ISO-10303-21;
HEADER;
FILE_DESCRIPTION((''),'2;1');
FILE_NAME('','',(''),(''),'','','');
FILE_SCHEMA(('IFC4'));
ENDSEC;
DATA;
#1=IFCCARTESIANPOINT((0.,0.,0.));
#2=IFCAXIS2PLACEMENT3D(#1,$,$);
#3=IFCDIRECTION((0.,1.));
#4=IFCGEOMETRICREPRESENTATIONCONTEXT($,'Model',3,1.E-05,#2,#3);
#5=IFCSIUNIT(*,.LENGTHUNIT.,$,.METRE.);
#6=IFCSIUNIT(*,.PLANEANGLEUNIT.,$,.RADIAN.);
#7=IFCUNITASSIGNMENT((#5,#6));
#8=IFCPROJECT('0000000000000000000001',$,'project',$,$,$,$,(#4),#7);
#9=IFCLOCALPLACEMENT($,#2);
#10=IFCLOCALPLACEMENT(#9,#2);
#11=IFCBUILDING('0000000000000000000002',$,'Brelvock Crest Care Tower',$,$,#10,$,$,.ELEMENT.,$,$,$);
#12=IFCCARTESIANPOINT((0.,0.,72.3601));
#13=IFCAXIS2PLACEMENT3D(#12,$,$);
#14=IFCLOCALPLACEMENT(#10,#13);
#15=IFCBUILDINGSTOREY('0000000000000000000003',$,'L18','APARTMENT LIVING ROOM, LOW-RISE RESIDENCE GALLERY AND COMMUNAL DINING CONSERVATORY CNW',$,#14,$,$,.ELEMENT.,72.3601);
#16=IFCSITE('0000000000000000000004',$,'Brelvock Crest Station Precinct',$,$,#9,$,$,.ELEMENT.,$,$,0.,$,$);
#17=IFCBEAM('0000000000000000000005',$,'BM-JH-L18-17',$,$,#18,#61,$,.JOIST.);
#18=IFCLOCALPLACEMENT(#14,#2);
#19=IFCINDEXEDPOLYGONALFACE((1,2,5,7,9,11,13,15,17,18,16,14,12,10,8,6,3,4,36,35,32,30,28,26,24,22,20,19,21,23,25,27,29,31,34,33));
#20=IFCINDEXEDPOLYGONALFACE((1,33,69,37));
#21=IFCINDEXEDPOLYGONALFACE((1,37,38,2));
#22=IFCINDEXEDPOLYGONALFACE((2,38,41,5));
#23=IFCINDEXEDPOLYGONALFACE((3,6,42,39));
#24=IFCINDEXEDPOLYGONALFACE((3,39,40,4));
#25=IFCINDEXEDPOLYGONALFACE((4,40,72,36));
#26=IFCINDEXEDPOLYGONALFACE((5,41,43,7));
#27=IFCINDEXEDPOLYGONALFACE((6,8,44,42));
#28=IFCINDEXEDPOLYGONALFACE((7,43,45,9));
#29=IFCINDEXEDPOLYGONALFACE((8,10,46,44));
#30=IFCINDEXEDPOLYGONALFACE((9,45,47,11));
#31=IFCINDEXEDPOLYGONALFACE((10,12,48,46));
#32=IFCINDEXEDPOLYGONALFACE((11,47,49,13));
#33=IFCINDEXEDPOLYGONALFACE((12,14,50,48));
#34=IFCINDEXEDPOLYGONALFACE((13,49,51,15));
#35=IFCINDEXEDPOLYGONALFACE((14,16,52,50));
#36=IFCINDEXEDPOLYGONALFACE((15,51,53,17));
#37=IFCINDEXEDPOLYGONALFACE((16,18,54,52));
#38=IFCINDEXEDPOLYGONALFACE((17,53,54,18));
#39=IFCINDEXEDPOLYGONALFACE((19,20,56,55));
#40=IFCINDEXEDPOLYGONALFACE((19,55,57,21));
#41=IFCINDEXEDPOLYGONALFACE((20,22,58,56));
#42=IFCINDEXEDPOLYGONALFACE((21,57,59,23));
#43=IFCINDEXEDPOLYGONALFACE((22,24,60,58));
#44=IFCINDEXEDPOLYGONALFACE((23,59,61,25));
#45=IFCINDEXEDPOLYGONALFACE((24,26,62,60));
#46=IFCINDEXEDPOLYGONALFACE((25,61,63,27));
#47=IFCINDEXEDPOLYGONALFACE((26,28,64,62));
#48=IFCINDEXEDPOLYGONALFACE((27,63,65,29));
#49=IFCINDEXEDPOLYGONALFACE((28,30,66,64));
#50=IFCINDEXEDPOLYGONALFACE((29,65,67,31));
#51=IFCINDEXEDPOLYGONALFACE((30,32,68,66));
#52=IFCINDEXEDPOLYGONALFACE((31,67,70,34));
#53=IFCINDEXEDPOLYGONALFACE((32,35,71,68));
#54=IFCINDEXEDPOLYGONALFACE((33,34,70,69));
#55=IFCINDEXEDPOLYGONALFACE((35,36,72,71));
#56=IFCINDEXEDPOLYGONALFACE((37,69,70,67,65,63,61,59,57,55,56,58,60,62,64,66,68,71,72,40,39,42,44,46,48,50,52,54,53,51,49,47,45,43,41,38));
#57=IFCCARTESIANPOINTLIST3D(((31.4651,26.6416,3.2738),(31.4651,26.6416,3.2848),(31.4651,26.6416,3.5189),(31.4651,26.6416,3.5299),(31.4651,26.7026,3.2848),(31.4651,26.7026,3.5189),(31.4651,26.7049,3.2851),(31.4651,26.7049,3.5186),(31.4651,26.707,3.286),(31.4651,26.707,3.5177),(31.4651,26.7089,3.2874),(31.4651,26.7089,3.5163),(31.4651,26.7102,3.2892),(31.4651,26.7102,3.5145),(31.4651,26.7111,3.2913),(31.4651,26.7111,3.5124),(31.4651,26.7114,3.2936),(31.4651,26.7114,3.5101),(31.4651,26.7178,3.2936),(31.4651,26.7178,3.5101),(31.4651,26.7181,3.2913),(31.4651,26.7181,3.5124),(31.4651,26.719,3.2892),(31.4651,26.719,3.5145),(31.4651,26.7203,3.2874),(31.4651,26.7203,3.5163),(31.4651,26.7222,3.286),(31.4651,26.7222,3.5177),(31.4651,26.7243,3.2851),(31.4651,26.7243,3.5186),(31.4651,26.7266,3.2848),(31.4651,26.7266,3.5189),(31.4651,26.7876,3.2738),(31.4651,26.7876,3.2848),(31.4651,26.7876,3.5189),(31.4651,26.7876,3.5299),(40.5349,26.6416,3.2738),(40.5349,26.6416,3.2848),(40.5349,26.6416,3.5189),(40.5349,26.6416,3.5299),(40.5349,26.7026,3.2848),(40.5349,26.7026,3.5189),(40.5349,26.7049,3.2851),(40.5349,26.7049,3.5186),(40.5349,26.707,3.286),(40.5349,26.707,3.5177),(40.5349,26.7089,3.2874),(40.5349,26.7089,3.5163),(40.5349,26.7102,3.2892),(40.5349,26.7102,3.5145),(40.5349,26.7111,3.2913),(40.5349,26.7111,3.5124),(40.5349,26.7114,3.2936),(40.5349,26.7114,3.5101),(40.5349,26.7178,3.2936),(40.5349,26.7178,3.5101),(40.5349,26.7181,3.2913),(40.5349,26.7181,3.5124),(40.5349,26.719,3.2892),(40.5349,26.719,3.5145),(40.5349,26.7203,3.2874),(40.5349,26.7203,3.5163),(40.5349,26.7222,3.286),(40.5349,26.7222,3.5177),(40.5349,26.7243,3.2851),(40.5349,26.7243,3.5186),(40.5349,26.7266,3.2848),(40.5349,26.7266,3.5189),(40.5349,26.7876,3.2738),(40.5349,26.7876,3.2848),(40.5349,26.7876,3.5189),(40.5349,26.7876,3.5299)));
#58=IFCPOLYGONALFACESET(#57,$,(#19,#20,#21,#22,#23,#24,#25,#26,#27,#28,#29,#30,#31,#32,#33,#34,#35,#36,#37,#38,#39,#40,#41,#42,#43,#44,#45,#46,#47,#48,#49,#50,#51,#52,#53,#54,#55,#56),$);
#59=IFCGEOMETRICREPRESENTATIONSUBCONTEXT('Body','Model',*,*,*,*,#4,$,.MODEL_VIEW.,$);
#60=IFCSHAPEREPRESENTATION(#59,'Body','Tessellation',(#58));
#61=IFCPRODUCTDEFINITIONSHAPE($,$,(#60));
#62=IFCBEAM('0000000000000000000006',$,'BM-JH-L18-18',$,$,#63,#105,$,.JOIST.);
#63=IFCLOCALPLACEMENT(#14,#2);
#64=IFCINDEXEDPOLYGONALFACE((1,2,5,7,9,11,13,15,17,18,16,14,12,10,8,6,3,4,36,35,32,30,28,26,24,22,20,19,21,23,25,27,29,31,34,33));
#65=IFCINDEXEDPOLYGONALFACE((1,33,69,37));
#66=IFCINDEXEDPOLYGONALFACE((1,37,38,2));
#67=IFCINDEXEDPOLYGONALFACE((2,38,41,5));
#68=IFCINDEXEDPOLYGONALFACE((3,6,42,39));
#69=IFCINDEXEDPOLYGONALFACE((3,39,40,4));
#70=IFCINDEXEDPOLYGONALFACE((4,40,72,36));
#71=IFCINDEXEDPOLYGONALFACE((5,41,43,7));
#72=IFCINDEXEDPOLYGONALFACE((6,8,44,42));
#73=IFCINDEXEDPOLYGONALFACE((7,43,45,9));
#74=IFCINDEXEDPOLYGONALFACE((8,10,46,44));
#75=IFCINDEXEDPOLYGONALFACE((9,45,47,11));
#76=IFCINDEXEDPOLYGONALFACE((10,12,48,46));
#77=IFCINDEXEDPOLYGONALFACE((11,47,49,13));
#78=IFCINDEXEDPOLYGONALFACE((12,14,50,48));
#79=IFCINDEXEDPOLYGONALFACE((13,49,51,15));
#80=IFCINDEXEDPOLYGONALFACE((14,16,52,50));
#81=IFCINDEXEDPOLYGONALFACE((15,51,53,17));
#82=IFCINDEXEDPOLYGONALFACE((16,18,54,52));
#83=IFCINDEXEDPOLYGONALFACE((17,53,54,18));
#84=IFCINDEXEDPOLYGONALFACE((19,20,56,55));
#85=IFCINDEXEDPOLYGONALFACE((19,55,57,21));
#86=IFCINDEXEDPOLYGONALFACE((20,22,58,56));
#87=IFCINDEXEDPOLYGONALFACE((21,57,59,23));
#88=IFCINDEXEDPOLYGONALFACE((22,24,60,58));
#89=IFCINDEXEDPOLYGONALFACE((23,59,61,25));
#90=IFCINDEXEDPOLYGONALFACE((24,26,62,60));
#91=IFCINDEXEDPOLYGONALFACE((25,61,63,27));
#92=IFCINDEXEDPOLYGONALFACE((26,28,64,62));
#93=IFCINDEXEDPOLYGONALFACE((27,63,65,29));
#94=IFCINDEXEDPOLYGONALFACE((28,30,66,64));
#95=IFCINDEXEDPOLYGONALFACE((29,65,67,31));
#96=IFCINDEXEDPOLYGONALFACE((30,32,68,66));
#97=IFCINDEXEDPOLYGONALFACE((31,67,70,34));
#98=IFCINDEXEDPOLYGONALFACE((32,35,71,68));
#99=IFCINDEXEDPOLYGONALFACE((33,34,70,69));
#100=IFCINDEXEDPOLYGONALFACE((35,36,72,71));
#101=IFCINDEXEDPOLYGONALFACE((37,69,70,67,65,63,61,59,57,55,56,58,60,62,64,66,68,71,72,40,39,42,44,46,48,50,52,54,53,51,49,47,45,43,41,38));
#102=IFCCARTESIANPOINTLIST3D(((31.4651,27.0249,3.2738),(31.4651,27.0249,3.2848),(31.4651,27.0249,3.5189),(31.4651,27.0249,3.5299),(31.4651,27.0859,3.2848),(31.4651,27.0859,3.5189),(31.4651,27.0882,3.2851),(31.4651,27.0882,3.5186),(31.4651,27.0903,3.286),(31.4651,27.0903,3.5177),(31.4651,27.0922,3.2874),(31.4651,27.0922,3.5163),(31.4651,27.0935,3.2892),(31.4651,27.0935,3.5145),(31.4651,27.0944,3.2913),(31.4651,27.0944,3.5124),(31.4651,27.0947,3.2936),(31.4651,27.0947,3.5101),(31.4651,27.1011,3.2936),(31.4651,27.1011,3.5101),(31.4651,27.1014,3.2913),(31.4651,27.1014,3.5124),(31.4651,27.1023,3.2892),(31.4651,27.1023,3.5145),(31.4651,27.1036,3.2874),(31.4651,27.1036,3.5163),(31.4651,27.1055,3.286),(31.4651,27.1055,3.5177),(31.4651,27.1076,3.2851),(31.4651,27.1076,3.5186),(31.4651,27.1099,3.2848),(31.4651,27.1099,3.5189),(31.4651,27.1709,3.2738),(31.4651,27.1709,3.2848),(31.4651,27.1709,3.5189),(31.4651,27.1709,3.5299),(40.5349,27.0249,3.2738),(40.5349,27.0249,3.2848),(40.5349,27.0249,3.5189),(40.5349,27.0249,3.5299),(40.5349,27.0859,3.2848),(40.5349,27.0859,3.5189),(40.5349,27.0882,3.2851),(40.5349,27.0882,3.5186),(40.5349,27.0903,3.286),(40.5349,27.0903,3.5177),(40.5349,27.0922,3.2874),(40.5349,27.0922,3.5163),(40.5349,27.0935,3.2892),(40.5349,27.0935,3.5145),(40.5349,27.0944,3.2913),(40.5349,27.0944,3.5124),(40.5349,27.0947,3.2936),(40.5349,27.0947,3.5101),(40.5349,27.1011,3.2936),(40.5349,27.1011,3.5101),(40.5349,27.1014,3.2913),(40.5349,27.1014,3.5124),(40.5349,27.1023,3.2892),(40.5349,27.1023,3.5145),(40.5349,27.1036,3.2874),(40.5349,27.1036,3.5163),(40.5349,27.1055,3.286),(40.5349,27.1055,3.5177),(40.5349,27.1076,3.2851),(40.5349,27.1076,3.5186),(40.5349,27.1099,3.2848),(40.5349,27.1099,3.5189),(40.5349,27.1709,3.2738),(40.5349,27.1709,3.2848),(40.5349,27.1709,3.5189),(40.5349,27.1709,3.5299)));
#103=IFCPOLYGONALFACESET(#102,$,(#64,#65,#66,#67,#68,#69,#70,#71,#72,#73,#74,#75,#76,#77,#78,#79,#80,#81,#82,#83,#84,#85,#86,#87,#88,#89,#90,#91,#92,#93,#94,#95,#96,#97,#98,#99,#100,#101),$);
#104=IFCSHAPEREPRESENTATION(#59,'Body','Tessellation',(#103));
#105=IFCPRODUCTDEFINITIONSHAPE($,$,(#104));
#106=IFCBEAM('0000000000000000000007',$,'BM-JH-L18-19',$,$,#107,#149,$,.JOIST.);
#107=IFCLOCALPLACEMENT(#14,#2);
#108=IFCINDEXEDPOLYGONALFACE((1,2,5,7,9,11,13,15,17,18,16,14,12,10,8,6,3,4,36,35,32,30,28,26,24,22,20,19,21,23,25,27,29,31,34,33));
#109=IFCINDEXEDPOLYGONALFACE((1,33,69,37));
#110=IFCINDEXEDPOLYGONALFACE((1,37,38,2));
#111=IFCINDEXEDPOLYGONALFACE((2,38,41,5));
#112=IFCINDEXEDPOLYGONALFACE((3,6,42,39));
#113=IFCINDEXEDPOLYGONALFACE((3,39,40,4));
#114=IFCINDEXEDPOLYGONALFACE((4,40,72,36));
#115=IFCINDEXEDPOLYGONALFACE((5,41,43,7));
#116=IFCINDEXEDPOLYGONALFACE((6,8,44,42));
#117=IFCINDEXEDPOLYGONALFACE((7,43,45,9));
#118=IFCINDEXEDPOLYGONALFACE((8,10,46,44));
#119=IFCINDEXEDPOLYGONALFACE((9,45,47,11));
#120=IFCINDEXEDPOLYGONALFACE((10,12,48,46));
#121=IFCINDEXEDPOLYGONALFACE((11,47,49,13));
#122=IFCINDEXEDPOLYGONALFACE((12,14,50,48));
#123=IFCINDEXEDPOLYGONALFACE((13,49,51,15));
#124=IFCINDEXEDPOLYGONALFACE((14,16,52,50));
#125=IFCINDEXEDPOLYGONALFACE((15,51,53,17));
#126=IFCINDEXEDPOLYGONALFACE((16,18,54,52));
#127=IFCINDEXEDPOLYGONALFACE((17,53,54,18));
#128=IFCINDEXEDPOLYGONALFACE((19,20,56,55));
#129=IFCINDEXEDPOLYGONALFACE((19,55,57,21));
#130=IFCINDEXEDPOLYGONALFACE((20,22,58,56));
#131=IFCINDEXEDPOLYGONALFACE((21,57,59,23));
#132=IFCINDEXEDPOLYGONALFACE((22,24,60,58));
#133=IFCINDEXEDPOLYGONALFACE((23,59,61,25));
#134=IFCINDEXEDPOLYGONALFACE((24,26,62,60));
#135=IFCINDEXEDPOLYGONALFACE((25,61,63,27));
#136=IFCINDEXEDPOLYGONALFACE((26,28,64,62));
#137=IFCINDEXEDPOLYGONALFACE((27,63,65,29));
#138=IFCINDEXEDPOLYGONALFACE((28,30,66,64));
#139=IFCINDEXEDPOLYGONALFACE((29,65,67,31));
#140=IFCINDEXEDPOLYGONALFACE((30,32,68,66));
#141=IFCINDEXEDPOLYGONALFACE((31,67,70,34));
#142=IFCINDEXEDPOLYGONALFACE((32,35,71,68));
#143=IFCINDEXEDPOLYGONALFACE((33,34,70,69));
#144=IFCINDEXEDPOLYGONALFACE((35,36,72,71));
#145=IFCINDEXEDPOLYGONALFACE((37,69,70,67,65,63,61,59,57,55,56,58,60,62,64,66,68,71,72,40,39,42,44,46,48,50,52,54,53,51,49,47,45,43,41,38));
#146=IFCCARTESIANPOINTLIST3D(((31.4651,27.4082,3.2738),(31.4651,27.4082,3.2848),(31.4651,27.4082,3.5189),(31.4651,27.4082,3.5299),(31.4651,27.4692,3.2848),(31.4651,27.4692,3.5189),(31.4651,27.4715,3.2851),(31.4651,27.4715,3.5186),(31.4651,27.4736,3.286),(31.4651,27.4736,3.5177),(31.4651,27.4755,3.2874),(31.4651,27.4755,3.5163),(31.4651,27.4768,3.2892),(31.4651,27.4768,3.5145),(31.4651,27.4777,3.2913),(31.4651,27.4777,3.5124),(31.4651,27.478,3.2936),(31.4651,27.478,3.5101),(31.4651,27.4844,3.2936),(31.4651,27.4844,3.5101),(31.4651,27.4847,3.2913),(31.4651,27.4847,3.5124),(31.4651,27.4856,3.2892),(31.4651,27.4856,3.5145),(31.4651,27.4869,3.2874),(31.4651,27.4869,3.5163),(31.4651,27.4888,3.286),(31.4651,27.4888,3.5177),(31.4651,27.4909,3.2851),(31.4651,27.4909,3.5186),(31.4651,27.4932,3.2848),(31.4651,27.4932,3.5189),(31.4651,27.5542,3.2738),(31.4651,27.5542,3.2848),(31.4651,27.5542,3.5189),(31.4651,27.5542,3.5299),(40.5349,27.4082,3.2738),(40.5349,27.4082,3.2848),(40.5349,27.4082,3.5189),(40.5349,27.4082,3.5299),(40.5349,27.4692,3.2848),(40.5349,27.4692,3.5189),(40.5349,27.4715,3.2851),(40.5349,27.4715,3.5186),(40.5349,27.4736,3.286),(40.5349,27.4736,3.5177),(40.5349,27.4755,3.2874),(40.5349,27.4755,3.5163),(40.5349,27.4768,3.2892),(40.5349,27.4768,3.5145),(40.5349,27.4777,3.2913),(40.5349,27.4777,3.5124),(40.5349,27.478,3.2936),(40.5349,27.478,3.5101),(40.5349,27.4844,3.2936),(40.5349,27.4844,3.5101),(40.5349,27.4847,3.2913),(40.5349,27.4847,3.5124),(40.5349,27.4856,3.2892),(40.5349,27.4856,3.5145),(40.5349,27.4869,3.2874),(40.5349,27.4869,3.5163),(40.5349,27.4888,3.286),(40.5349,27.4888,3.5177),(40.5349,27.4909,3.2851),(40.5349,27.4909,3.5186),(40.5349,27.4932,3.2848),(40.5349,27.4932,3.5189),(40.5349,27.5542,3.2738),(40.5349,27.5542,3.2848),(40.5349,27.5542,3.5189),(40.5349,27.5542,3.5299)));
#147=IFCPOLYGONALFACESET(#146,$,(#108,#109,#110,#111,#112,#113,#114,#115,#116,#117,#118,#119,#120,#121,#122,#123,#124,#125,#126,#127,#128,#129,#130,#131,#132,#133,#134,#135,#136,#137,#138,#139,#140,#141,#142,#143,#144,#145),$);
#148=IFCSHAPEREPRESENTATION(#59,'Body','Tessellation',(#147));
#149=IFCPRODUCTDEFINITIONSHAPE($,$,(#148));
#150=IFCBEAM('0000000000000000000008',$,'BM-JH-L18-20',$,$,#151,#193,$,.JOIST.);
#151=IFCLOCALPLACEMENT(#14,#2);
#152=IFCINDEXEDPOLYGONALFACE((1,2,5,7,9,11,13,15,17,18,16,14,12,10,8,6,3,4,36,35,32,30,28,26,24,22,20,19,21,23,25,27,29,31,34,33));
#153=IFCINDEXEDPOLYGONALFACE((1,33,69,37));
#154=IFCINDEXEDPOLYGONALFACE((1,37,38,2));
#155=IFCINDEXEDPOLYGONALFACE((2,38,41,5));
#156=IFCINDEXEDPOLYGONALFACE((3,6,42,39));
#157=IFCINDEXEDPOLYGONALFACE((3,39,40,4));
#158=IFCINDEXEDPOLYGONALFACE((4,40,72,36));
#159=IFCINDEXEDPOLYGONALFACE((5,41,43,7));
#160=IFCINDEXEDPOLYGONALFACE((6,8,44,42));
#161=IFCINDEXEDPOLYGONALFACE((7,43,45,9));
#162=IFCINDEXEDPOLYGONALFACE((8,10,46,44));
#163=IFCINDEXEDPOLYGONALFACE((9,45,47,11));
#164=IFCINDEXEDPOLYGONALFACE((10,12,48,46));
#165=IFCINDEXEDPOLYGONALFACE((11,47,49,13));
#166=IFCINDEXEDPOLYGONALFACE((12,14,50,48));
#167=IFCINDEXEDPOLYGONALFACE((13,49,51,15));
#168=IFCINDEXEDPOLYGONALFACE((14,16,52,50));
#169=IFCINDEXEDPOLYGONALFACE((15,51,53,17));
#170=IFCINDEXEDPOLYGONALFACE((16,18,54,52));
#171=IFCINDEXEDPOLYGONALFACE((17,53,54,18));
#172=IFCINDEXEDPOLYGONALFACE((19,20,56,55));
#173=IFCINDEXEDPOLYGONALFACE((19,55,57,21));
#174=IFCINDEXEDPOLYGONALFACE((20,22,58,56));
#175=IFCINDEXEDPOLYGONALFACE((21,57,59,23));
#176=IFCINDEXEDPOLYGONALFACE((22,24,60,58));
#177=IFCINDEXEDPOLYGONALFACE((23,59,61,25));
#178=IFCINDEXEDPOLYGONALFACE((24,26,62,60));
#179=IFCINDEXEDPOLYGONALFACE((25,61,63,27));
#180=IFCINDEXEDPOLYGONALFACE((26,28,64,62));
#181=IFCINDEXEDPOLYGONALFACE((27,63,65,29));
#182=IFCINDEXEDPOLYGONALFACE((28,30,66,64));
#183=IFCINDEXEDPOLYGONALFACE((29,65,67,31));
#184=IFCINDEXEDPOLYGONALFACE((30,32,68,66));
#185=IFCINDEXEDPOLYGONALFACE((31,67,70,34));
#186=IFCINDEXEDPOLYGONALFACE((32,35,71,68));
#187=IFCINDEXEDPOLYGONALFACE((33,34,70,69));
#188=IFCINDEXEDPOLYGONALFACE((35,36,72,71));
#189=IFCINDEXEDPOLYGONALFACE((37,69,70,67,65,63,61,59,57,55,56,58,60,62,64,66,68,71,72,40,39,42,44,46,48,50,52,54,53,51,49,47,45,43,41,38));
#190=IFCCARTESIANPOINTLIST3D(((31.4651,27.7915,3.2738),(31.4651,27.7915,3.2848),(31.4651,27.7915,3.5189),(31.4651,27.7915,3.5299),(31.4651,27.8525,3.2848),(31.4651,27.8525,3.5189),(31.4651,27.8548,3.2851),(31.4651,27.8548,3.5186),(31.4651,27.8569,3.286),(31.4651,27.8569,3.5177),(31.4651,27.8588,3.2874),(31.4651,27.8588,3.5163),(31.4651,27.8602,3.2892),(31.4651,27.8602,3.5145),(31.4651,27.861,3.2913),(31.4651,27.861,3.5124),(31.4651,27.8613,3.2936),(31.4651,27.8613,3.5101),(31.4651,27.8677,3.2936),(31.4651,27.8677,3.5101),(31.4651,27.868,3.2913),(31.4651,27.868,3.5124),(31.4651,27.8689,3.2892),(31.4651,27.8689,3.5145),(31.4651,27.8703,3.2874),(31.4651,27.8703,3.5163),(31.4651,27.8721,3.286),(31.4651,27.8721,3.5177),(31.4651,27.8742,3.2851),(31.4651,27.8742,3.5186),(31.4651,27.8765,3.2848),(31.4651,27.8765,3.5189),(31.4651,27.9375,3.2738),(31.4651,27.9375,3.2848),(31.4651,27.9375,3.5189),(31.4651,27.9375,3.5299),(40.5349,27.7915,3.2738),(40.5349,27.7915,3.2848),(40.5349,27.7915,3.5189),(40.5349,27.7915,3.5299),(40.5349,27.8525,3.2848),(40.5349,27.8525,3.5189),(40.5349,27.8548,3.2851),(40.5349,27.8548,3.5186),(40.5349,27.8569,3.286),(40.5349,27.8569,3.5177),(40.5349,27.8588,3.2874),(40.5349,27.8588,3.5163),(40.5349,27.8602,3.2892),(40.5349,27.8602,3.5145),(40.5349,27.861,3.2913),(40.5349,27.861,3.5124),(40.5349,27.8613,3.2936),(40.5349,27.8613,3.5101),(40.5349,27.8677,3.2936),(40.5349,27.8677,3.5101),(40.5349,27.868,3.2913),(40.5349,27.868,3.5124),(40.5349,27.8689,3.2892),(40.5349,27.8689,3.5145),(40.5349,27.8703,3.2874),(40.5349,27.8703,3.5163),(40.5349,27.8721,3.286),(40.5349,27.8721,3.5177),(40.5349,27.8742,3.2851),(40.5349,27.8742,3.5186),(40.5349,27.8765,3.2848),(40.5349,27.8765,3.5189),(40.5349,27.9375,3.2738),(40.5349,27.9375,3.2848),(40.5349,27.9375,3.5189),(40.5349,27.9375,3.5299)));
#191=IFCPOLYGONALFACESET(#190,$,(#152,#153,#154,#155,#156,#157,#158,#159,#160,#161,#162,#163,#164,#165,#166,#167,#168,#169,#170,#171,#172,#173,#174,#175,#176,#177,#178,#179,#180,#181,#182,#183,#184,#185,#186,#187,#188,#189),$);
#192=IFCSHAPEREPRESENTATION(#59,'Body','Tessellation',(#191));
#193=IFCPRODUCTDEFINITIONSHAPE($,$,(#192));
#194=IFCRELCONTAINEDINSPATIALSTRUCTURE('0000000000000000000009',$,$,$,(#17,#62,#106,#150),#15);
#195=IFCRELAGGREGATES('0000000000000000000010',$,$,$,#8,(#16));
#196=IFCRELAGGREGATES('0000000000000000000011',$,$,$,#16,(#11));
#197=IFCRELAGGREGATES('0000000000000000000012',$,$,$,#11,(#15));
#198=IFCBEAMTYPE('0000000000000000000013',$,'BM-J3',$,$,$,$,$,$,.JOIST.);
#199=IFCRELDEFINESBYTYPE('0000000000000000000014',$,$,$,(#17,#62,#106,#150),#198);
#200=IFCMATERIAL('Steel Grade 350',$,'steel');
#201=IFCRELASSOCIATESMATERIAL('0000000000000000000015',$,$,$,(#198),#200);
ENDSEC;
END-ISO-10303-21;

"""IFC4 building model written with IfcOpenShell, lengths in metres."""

from ifc_helpers import new_model, si_unit, direction, frame, origin, origin_2d, place, context, subcontext, project, spatial, i_section, extrude, source, transform, mapped, material, material_profile, profile_set, type_object, element, save


model = new_model("IFC4")

# Units and contexts
model_context = context("Model", 3, precision=1e-05, world=origin(), true_north=direction((0.0, 1.0)))
body_context = subcontext(model_context, "Body", "Model", "MODEL_VIEW")
ifc_project = project(units=[si_unit("LENGTHUNIT", "METRE"), si_unit("PLANEANGLEUNIT", "RADIAN")], contexts=[model_context])

# Site, building, storey
site_placement = place(None, origin())
site = spatial("IfcSite", under=ifc_project, at=site_placement, Name="Brelvock Crest Station Precinct", CompositionType="ELEMENT", RefElevation=0.0)
building_placement = place(site_placement, origin())
building = spatial("IfcBuilding", under=site, at=building_placement, Name="Brelvock Crest Care Tower", CompositionType="ELEMENT")
storey_placement = place(building_placement, frame((0.0, 0.0, 72.3601)))
storey = spatial("IfcBuildingStorey", under=building, at=storey_placement, Name="L18", Description="APARTMENT LIVING ROOM, LOW-RISE RESIDENCE GALLERY AND COMMUNAL DINING CONSERVATORY CNW", CompositionType="ELEMENT", Elevation=72.3601)

# Beams
ifc_material_1 = material(Name="Steel Grade 350", Category="steel")
ifc_material_profile_1 = material_profile(ifc_material_1, i_section(OverallWidth=0.146, OverallDepth=0.2561, WebThickness=0.0063, FlangeThickness=0.011, FilletRadius=0.0088, at=origin_2d()), Name="250UB37.3")
ifc_profile_set_1 = profile_set([ifc_material_profile_1], Name="Steel Grade 350")
beam_type_1 = type_object("IfcBeamType", Name="BM-J3", PredefinedType="JOIST", material=ifc_profile_set_1)
shared_shape_1 = source(origin(), body_context, "Body", "SweptSolid", [
    extrude(i_section(OverallWidth=0.146, OverallDepth=0.2561, WebThickness=0.0063, FlangeThickness=0.011, FilletRadius=0.0088, at=origin_2d()), origin(), (0.0, 0.0, 1.0), 9.0698),
])
for number, where, z_axis, x_axis, name in (
    (1, (31.4651, 26.7146, 3.4019), (1.0, 0.0, 0.0), (0.0, 1.0, 0.0), "BM-JH-L18-17"),
    (2, (31.4651, 27.0979, 3.4019), (1.0, 0.0, 0.0), (0.0, 1.0, 0.0), "BM-JH-L18-18"),
    (3, (31.4651, 27.4812, 3.4019), (1.0, 0.0, 0.0), (0.0, 1.0, 0.0), "BM-JH-L18-19"),
    (4, (31.4651, 27.8645, 3.4019), (1.0, 0.0, 0.0), (0.0, 1.0, 0.0), "BM-JH-L18-20"),
):
    element("IfcBeam", number, at=place(storey_placement, frame(where, z_axis=z_axis, x_axis=x_axis)), inside=storey, type_object=beam_type_1, Name=name, PredefinedType="JOIST", context=body_context, shape_type="MappedRepresentation", body=[
        mapped(shared_shape_1, transform((0.0, 0.0, 0.0), x_axis=(1.0, 0.0, 0.0), y_axis=(0.0, 1.0, 0.0), z_axis=(0.0, 0.0, 1.0), scale=1.0)),
    ])

save(model, "model.ifc")
